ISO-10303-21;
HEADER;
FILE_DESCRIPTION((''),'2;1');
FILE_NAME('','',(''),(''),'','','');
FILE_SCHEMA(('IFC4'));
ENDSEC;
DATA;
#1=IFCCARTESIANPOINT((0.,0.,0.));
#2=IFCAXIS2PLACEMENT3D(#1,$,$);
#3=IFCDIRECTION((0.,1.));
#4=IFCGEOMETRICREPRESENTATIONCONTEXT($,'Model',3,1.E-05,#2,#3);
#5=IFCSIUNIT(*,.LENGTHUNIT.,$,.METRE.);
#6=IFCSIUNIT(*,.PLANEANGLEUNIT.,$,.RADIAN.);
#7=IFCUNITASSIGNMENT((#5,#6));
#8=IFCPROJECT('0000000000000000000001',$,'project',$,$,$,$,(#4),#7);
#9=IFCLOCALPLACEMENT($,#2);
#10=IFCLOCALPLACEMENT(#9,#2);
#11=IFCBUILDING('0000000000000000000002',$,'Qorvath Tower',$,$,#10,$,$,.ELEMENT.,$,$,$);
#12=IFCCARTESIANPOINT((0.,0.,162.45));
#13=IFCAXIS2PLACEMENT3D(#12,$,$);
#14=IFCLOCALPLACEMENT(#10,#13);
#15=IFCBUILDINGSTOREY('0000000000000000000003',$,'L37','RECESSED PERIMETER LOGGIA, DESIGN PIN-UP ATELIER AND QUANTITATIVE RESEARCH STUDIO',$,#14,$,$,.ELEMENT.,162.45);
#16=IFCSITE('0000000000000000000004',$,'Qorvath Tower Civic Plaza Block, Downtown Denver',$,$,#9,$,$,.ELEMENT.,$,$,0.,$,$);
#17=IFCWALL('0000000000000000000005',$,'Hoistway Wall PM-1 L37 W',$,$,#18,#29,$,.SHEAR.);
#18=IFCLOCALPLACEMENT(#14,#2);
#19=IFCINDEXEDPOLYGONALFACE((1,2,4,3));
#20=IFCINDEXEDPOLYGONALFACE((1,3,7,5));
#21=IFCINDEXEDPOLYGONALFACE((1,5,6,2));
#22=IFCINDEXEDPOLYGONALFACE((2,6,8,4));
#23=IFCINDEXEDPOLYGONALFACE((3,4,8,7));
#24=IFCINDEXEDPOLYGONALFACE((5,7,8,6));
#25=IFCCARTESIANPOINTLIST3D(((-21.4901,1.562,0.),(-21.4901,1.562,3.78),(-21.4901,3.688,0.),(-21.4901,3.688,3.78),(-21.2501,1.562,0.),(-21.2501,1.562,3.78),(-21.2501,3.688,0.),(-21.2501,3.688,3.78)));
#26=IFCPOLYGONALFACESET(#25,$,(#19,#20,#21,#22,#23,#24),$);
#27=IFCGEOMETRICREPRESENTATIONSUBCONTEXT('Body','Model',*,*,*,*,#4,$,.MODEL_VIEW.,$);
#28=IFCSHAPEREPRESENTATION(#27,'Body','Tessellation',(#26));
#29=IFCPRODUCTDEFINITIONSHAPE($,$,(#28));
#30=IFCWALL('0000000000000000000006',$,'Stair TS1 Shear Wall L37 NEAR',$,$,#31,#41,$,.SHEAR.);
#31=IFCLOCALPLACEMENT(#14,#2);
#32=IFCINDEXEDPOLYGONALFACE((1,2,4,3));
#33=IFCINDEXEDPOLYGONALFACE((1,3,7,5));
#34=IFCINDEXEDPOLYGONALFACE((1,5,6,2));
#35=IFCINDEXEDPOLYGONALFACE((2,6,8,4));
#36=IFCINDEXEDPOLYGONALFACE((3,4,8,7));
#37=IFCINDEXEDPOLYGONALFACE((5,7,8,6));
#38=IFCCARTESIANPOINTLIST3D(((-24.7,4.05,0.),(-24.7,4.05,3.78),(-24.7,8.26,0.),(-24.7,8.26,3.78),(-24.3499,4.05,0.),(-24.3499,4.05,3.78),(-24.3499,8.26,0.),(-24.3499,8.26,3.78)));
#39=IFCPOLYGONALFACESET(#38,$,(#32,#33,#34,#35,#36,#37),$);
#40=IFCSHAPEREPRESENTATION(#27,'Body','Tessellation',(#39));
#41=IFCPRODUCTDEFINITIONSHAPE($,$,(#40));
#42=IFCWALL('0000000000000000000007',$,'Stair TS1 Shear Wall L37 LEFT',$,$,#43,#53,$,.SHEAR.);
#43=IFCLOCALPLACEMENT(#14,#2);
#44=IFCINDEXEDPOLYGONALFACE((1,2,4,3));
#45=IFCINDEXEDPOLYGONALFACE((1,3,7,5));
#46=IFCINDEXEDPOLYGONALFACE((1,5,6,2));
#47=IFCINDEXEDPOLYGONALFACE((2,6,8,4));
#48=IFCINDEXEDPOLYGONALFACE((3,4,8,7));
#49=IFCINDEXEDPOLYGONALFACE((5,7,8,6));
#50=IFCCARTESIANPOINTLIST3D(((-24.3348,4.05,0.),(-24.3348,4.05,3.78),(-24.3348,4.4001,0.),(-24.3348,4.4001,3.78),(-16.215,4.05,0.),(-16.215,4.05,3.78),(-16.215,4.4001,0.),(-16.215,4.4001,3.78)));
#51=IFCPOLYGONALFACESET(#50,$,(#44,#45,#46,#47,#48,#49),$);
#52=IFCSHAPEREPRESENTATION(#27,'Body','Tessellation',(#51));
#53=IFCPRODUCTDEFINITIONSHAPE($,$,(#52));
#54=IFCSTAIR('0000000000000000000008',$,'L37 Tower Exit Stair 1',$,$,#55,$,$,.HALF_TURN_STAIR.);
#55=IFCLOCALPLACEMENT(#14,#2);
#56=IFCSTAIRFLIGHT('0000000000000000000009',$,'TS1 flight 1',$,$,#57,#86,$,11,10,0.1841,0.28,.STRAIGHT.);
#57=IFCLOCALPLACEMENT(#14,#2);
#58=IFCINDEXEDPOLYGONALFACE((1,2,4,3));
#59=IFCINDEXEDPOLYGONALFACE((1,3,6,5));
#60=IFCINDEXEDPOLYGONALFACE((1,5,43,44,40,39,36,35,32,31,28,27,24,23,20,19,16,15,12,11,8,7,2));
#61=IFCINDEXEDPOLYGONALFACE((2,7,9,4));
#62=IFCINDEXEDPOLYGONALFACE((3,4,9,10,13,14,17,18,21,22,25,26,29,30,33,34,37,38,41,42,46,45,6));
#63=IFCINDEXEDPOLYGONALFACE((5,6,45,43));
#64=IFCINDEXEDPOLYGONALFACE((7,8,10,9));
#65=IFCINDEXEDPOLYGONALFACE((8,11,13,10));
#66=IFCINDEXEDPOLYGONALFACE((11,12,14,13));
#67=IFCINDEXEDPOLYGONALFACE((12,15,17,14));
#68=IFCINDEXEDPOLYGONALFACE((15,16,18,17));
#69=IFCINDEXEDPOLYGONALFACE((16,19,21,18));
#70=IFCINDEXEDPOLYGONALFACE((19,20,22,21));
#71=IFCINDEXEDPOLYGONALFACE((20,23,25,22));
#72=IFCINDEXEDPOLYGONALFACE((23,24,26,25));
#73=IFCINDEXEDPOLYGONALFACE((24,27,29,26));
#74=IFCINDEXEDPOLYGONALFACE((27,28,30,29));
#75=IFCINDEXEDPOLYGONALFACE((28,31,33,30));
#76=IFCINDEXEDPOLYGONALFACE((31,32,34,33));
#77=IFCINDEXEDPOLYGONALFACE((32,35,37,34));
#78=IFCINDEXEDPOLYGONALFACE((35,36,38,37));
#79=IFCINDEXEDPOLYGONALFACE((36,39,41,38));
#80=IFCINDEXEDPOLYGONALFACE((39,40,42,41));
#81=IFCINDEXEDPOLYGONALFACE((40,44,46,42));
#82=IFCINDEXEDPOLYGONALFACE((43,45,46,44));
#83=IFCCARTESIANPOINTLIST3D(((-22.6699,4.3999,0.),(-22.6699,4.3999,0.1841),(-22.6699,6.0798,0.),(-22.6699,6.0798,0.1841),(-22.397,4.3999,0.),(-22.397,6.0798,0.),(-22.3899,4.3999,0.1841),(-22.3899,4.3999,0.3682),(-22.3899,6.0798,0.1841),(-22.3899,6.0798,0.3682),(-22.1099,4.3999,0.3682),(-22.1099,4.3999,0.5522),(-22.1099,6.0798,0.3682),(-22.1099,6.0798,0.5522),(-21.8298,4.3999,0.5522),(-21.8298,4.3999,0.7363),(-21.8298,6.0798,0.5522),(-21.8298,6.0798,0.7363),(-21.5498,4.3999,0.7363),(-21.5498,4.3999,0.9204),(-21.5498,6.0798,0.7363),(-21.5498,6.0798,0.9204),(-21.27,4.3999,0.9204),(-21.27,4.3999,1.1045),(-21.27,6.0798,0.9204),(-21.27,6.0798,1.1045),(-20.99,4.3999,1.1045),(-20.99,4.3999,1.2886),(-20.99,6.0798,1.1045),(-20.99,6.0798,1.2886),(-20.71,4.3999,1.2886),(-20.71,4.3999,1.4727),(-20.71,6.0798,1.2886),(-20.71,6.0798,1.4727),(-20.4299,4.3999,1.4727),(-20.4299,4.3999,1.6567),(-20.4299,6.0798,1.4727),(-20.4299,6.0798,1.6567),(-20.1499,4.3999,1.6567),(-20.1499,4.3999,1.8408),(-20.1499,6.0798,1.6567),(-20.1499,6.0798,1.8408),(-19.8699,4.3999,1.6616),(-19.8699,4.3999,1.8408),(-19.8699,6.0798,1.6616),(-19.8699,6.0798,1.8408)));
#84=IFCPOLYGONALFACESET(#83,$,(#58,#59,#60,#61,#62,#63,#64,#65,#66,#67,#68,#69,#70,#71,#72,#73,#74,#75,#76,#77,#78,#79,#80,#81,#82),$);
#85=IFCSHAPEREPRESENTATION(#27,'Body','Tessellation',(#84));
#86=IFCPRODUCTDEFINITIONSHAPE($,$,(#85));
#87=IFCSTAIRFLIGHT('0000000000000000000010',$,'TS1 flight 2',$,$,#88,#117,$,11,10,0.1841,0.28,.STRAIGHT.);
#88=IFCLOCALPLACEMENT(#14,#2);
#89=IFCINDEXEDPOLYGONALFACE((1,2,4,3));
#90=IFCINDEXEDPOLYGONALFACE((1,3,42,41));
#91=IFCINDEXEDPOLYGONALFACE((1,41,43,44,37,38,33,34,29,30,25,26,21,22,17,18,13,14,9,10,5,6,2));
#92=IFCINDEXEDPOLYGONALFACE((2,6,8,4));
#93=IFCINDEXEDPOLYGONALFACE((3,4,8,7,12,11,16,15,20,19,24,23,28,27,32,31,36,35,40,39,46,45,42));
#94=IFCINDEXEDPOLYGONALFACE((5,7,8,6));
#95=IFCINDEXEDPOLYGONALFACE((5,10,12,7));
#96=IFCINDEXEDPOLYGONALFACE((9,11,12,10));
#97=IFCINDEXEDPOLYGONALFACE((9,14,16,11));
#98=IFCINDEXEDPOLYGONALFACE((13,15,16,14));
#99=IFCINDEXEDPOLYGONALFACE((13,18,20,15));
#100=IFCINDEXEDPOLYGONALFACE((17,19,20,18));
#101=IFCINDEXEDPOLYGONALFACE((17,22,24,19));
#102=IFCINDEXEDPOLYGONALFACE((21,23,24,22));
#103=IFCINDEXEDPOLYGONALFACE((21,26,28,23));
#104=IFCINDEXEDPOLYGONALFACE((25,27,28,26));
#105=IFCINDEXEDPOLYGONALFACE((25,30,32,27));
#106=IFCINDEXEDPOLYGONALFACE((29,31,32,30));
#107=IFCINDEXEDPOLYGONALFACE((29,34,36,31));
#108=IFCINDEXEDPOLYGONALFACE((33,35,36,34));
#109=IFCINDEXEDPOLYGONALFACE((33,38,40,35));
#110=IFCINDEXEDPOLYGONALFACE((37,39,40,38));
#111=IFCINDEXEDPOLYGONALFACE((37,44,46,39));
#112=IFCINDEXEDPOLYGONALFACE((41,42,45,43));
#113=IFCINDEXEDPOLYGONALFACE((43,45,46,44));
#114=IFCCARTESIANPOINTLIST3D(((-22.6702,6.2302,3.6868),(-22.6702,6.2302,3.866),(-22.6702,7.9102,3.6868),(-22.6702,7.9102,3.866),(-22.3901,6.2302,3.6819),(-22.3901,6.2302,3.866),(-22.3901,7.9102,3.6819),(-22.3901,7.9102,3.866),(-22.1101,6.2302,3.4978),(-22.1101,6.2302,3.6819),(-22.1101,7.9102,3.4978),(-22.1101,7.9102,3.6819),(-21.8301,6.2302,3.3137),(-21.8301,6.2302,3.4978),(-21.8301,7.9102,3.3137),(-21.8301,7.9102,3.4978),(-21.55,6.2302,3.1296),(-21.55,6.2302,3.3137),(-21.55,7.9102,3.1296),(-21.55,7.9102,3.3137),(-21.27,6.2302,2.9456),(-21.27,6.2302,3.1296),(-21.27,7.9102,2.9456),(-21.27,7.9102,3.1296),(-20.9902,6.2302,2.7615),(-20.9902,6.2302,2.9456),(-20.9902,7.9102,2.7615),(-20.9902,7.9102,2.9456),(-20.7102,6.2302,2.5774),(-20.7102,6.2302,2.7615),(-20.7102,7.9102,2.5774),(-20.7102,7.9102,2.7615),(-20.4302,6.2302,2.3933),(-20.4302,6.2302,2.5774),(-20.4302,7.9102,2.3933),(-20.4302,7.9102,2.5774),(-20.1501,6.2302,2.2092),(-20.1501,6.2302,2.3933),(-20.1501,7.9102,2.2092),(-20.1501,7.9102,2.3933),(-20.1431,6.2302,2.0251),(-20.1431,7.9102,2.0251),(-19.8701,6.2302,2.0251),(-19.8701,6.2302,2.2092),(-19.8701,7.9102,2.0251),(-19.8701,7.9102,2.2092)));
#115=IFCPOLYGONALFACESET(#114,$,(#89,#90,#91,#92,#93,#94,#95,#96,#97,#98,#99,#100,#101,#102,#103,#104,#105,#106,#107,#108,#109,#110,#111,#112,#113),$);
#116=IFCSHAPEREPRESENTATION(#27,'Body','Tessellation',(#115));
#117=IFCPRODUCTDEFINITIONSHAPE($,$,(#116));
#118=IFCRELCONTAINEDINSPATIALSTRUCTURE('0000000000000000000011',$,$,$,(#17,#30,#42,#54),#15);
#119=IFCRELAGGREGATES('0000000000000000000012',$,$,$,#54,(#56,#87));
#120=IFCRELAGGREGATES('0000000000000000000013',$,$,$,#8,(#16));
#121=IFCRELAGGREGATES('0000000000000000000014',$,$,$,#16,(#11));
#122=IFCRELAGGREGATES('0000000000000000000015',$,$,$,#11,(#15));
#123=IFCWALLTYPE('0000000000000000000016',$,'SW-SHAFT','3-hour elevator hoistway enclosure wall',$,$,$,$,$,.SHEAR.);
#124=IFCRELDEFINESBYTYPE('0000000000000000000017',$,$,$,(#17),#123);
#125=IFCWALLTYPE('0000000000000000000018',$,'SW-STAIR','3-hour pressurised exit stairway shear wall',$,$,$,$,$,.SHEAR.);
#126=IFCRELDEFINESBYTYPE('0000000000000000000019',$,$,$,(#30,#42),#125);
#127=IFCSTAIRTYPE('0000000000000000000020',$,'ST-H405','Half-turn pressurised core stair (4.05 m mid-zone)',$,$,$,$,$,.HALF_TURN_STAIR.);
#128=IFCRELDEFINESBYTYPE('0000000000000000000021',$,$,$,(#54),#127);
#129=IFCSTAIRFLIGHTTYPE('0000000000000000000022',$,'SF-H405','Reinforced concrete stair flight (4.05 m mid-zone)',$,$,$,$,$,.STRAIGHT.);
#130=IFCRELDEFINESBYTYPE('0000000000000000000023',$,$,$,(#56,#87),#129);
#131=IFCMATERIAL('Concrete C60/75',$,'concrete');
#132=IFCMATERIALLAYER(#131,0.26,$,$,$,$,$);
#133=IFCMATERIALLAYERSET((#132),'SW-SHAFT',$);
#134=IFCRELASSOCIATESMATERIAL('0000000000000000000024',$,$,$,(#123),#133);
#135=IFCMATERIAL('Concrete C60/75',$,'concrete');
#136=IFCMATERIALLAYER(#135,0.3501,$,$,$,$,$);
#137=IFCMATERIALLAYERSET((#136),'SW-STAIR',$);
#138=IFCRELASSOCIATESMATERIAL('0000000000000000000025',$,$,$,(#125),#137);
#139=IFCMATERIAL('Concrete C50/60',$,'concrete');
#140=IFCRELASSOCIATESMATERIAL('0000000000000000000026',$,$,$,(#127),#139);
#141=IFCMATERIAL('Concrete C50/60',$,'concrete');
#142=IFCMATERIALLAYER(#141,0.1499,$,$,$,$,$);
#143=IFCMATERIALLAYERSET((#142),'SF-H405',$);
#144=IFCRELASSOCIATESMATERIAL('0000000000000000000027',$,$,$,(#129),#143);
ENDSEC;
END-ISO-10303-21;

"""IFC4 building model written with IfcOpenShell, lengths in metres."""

from ifc_helpers import new_model, si_unit, direction, frame, frame_2d, origin, place, context, subcontext, project, spatial, polyline, rectangle, outline, extrude, material, layer, layer_set, type_object, element, aggregate, save


model = new_model("IFC4")

# Units and contexts
model_context = context("Model", 3, precision=1e-05, world=origin(), true_north=direction((0.0, 1.0)))
body_context = subcontext(model_context, "Body", "Model", "MODEL_VIEW")
ifc_project = project(units=[si_unit("LENGTHUNIT", "METRE"), si_unit("PLANEANGLEUNIT", "RADIAN")], contexts=[model_context])

# Site, building, storey
site_placement = place(None, origin())
site = spatial("IfcSite", under=ifc_project, at=site_placement, Name="Qorvath Tower Civic Plaza Block, Downtown Denver", CompositionType="ELEMENT", RefElevation=0.0)
building_placement = place(site_placement, origin())
building = spatial("IfcBuilding", under=site, at=building_placement, Name="Qorvath Tower", CompositionType="ELEMENT")
storey_placement = place(building_placement, frame((0.0, 0.0, 162.45)))
storey = spatial("IfcBuildingStorey", under=building, at=storey_placement, Name="L37", Description="RECESSED PERIMETER LOGGIA, DESIGN PIN-UP ATELIER AND QUANTITATIVE RESEARCH STUDIO", CompositionType="ELEMENT", Elevation=162.45)

# Shared definitions
ifc_material_1 = material(Name="Concrete C60/75", Category="concrete")
ifc_layer_1 = layer(ifc_material_1, 0.26)
ifc_layer_set_1 = layer_set([ifc_layer_1], Name="SW-SHAFT")
wall_type_1 = type_object("IfcWallType", Name="SW-SHAFT", Description="3-hour elevator hoistway enclosure wall", PredefinedType="SHEAR", material=ifc_layer_set_1)

# Walls
wall_1_placement = place(storey_placement, frame((-21.3701, 1.562, 0.0), z_axis=(0.0, 0.0, 1.0), x_axis=(0.0, 1.0, 0.0)))
element("IfcWall", 1, at=wall_1_placement, inside=storey, type_object=wall_type_1, Name="Hoistway Wall PM-1 L37 W", PredefinedType="SHEAR", context=body_context, shape_type="SweptSolid", body=[
    extrude(rectangle(XDim=2.126, YDim=0.24, at=frame_2d((1.063, 0.0))), origin(), (0.0, 0.0, 1.0), 3.78),
])
ifc_material_2 = material(Name="Concrete C60/75", Category="concrete")
ifc_layer_2 = layer(ifc_material_2, 0.3501)
ifc_layer_set_2 = layer_set([ifc_layer_2], Name="SW-STAIR")
wall_type_2 = type_object("IfcWallType", Name="SW-STAIR", Description="3-hour pressurised exit stairway shear wall", PredefinedType="SHEAR", material=ifc_layer_set_2)
wall_2_placement = place(storey_placement, frame((-24.5249, 8.26, 0.0), z_axis=(0.0, 0.0, 1.0), x_axis=(0.0, -1.0, 0.0)))
element("IfcWall", 2, at=wall_2_placement, inside=storey, type_object=wall_type_2, Name="Stair TS1 Shear Wall L37 NEAR", PredefinedType="SHEAR", context=body_context, shape_type="SweptSolid", body=[
    extrude(rectangle(XDim=4.21, YDim=0.3501, at=frame_2d((2.105, 0.0))), origin(), (0.0, 0.0, 1.0), 3.78),
])
wall_3_placement = place(storey_placement, frame((-24.335, 4.2251, 0.0), z_axis=(0.0, 0.0, 1.0), x_axis=(1.0, 0.0, 0.0)))
element("IfcWall", 3, at=wall_3_placement, inside=storey, type_object=wall_type_2, Name="Stair TS1 Shear Wall L37 LEFT", PredefinedType="SHEAR", context=body_context, shape_type="SweptSolid", body=[
    extrude(rectangle(XDim=8.1199, YDim=0.3501, at=frame_2d((4.0601, 0.0))), origin(), (0.0, 0.0, 1.0), 3.78),
])

# Stair, stair flights
ifc_material_3 = material(Name="Concrete C50/60", Category="concrete")
stair_type = type_object("IfcStairType", Name="ST-H405", Description="Half-turn pressurised core stair (4.05 m mid-zone)", PredefinedType="HALF_TURN_STAIR", material=ifc_material_3)
stair_placement = place(storey_placement, origin())
stair = element("IfcStair", 4, at=stair_placement, inside=storey, type_object=stair_type, Name="L37 Tower Exit Stair 1", PredefinedType="HALF_TURN_STAIR")
ifc_material_4 = material(Name="Concrete C50/60", Category="concrete")
ifc_layer_3 = layer(ifc_material_4, 0.1499)
ifc_layer_set_3 = layer_set([ifc_layer_3], Name="SF-H405")
stair_flight_type = type_object("IfcStairFlightType", Name="SF-H405", Description="Reinforced concrete stair flight (4.05 m mid-zone)", PredefinedType="STRAIGHT", material=ifc_layer_set_3)
stair_flight_1_placement = place(storey_placement, frame((-22.6699, 5.24, 0.0), z_axis=(0.0, 0.0, 1.0), x_axis=(1.0, 0.0, 0.0)))
stair_flight_1 = element("IfcStairFlight", 5, at=stair_flight_1_placement, type_object=stair_flight_type, Name="TS1 flight 1", NumberOfRisers=11, NumberOfTreads=10, PredefinedType="STRAIGHT", RiserHeight=0.1841, TreadLength=0.28, context=body_context, shape_type="SweptSolid", body=[
    extrude(outline(polyline([(0.0, 0.0), (0.0, 0.1841), (0.28, 0.1841), (0.28, 0.3682), (0.5601, 0.3682), (0.5601, 0.5522), (0.8401, 0.5522), (0.8401, 0.7363), (1.1201, 0.7363), (1.1201, 0.9204), (1.3999, 0.9204), (1.3999, 1.1045), (1.6799, 1.1045), (1.6799, 1.2886), (1.96, 1.2886), (1.96, 1.4727), (2.24, 1.4727), (2.24, 1.6567), (2.52, 1.6567), (2.52, 1.8408), (2.8, 1.8408), (2.8, 2.0249), (2.8, 1.6616), (0.2729, 0.0), (0.0, 0.0)])), frame((0.0, 0.8398, 0.0), z_axis=(0.0, -1.0, 0.0), x_axis=(1.0, 0.0, 0.0)), (0.0, 0.0, 1.0), 1.6799),
])
stair_flight_2_placement = place(storey_placement, frame((-19.8701, 7.0701, 2.0251), z_axis=(0.0, 0.0, 1.0), x_axis=(-1.0, 0.0, 0.0)))
stair_flight_2 = element("IfcStairFlight", 6, at=stair_flight_2_placement, type_object=stair_flight_type, Name="TS1 flight 2", NumberOfRisers=11, NumberOfTreads=10, PredefinedType="STRAIGHT", RiserHeight=0.1841, TreadLength=0.28, context=body_context, shape_type="SweptSolid", body=[
    extrude(outline(polyline([(0.0, 0.0), (0.0, 0.1841), (0.28, 0.1841), (0.28, 0.3682), (0.5601, 0.3682), (0.5601, 0.5522), (0.8401, 0.5522), (0.8401, 0.7363), (1.1201, 0.7363), (1.1201, 0.9204), (1.3999, 0.9204), (1.3999, 1.1045), (1.6799, 1.1045), (1.6799, 1.2886), (1.96, 1.2886), (1.96, 1.4727), (2.24, 1.4727), (2.24, 1.6567), (2.52, 1.6567), (2.52, 1.8408), (2.8, 1.8408), (2.8, 2.0249), (2.8, 1.6616), (0.2729, 0.0), (0.0, 0.0)])), frame((0.0, 0.8398, 0.0), z_axis=(0.0, -1.0, 0.0), x_axis=(1.0, 0.0, 0.0)), (0.0, 0.0, 1.0), 1.6799),
])
aggregate(stair, [stair_flight_1, stair_flight_2])

save(model, "model.ifc")
